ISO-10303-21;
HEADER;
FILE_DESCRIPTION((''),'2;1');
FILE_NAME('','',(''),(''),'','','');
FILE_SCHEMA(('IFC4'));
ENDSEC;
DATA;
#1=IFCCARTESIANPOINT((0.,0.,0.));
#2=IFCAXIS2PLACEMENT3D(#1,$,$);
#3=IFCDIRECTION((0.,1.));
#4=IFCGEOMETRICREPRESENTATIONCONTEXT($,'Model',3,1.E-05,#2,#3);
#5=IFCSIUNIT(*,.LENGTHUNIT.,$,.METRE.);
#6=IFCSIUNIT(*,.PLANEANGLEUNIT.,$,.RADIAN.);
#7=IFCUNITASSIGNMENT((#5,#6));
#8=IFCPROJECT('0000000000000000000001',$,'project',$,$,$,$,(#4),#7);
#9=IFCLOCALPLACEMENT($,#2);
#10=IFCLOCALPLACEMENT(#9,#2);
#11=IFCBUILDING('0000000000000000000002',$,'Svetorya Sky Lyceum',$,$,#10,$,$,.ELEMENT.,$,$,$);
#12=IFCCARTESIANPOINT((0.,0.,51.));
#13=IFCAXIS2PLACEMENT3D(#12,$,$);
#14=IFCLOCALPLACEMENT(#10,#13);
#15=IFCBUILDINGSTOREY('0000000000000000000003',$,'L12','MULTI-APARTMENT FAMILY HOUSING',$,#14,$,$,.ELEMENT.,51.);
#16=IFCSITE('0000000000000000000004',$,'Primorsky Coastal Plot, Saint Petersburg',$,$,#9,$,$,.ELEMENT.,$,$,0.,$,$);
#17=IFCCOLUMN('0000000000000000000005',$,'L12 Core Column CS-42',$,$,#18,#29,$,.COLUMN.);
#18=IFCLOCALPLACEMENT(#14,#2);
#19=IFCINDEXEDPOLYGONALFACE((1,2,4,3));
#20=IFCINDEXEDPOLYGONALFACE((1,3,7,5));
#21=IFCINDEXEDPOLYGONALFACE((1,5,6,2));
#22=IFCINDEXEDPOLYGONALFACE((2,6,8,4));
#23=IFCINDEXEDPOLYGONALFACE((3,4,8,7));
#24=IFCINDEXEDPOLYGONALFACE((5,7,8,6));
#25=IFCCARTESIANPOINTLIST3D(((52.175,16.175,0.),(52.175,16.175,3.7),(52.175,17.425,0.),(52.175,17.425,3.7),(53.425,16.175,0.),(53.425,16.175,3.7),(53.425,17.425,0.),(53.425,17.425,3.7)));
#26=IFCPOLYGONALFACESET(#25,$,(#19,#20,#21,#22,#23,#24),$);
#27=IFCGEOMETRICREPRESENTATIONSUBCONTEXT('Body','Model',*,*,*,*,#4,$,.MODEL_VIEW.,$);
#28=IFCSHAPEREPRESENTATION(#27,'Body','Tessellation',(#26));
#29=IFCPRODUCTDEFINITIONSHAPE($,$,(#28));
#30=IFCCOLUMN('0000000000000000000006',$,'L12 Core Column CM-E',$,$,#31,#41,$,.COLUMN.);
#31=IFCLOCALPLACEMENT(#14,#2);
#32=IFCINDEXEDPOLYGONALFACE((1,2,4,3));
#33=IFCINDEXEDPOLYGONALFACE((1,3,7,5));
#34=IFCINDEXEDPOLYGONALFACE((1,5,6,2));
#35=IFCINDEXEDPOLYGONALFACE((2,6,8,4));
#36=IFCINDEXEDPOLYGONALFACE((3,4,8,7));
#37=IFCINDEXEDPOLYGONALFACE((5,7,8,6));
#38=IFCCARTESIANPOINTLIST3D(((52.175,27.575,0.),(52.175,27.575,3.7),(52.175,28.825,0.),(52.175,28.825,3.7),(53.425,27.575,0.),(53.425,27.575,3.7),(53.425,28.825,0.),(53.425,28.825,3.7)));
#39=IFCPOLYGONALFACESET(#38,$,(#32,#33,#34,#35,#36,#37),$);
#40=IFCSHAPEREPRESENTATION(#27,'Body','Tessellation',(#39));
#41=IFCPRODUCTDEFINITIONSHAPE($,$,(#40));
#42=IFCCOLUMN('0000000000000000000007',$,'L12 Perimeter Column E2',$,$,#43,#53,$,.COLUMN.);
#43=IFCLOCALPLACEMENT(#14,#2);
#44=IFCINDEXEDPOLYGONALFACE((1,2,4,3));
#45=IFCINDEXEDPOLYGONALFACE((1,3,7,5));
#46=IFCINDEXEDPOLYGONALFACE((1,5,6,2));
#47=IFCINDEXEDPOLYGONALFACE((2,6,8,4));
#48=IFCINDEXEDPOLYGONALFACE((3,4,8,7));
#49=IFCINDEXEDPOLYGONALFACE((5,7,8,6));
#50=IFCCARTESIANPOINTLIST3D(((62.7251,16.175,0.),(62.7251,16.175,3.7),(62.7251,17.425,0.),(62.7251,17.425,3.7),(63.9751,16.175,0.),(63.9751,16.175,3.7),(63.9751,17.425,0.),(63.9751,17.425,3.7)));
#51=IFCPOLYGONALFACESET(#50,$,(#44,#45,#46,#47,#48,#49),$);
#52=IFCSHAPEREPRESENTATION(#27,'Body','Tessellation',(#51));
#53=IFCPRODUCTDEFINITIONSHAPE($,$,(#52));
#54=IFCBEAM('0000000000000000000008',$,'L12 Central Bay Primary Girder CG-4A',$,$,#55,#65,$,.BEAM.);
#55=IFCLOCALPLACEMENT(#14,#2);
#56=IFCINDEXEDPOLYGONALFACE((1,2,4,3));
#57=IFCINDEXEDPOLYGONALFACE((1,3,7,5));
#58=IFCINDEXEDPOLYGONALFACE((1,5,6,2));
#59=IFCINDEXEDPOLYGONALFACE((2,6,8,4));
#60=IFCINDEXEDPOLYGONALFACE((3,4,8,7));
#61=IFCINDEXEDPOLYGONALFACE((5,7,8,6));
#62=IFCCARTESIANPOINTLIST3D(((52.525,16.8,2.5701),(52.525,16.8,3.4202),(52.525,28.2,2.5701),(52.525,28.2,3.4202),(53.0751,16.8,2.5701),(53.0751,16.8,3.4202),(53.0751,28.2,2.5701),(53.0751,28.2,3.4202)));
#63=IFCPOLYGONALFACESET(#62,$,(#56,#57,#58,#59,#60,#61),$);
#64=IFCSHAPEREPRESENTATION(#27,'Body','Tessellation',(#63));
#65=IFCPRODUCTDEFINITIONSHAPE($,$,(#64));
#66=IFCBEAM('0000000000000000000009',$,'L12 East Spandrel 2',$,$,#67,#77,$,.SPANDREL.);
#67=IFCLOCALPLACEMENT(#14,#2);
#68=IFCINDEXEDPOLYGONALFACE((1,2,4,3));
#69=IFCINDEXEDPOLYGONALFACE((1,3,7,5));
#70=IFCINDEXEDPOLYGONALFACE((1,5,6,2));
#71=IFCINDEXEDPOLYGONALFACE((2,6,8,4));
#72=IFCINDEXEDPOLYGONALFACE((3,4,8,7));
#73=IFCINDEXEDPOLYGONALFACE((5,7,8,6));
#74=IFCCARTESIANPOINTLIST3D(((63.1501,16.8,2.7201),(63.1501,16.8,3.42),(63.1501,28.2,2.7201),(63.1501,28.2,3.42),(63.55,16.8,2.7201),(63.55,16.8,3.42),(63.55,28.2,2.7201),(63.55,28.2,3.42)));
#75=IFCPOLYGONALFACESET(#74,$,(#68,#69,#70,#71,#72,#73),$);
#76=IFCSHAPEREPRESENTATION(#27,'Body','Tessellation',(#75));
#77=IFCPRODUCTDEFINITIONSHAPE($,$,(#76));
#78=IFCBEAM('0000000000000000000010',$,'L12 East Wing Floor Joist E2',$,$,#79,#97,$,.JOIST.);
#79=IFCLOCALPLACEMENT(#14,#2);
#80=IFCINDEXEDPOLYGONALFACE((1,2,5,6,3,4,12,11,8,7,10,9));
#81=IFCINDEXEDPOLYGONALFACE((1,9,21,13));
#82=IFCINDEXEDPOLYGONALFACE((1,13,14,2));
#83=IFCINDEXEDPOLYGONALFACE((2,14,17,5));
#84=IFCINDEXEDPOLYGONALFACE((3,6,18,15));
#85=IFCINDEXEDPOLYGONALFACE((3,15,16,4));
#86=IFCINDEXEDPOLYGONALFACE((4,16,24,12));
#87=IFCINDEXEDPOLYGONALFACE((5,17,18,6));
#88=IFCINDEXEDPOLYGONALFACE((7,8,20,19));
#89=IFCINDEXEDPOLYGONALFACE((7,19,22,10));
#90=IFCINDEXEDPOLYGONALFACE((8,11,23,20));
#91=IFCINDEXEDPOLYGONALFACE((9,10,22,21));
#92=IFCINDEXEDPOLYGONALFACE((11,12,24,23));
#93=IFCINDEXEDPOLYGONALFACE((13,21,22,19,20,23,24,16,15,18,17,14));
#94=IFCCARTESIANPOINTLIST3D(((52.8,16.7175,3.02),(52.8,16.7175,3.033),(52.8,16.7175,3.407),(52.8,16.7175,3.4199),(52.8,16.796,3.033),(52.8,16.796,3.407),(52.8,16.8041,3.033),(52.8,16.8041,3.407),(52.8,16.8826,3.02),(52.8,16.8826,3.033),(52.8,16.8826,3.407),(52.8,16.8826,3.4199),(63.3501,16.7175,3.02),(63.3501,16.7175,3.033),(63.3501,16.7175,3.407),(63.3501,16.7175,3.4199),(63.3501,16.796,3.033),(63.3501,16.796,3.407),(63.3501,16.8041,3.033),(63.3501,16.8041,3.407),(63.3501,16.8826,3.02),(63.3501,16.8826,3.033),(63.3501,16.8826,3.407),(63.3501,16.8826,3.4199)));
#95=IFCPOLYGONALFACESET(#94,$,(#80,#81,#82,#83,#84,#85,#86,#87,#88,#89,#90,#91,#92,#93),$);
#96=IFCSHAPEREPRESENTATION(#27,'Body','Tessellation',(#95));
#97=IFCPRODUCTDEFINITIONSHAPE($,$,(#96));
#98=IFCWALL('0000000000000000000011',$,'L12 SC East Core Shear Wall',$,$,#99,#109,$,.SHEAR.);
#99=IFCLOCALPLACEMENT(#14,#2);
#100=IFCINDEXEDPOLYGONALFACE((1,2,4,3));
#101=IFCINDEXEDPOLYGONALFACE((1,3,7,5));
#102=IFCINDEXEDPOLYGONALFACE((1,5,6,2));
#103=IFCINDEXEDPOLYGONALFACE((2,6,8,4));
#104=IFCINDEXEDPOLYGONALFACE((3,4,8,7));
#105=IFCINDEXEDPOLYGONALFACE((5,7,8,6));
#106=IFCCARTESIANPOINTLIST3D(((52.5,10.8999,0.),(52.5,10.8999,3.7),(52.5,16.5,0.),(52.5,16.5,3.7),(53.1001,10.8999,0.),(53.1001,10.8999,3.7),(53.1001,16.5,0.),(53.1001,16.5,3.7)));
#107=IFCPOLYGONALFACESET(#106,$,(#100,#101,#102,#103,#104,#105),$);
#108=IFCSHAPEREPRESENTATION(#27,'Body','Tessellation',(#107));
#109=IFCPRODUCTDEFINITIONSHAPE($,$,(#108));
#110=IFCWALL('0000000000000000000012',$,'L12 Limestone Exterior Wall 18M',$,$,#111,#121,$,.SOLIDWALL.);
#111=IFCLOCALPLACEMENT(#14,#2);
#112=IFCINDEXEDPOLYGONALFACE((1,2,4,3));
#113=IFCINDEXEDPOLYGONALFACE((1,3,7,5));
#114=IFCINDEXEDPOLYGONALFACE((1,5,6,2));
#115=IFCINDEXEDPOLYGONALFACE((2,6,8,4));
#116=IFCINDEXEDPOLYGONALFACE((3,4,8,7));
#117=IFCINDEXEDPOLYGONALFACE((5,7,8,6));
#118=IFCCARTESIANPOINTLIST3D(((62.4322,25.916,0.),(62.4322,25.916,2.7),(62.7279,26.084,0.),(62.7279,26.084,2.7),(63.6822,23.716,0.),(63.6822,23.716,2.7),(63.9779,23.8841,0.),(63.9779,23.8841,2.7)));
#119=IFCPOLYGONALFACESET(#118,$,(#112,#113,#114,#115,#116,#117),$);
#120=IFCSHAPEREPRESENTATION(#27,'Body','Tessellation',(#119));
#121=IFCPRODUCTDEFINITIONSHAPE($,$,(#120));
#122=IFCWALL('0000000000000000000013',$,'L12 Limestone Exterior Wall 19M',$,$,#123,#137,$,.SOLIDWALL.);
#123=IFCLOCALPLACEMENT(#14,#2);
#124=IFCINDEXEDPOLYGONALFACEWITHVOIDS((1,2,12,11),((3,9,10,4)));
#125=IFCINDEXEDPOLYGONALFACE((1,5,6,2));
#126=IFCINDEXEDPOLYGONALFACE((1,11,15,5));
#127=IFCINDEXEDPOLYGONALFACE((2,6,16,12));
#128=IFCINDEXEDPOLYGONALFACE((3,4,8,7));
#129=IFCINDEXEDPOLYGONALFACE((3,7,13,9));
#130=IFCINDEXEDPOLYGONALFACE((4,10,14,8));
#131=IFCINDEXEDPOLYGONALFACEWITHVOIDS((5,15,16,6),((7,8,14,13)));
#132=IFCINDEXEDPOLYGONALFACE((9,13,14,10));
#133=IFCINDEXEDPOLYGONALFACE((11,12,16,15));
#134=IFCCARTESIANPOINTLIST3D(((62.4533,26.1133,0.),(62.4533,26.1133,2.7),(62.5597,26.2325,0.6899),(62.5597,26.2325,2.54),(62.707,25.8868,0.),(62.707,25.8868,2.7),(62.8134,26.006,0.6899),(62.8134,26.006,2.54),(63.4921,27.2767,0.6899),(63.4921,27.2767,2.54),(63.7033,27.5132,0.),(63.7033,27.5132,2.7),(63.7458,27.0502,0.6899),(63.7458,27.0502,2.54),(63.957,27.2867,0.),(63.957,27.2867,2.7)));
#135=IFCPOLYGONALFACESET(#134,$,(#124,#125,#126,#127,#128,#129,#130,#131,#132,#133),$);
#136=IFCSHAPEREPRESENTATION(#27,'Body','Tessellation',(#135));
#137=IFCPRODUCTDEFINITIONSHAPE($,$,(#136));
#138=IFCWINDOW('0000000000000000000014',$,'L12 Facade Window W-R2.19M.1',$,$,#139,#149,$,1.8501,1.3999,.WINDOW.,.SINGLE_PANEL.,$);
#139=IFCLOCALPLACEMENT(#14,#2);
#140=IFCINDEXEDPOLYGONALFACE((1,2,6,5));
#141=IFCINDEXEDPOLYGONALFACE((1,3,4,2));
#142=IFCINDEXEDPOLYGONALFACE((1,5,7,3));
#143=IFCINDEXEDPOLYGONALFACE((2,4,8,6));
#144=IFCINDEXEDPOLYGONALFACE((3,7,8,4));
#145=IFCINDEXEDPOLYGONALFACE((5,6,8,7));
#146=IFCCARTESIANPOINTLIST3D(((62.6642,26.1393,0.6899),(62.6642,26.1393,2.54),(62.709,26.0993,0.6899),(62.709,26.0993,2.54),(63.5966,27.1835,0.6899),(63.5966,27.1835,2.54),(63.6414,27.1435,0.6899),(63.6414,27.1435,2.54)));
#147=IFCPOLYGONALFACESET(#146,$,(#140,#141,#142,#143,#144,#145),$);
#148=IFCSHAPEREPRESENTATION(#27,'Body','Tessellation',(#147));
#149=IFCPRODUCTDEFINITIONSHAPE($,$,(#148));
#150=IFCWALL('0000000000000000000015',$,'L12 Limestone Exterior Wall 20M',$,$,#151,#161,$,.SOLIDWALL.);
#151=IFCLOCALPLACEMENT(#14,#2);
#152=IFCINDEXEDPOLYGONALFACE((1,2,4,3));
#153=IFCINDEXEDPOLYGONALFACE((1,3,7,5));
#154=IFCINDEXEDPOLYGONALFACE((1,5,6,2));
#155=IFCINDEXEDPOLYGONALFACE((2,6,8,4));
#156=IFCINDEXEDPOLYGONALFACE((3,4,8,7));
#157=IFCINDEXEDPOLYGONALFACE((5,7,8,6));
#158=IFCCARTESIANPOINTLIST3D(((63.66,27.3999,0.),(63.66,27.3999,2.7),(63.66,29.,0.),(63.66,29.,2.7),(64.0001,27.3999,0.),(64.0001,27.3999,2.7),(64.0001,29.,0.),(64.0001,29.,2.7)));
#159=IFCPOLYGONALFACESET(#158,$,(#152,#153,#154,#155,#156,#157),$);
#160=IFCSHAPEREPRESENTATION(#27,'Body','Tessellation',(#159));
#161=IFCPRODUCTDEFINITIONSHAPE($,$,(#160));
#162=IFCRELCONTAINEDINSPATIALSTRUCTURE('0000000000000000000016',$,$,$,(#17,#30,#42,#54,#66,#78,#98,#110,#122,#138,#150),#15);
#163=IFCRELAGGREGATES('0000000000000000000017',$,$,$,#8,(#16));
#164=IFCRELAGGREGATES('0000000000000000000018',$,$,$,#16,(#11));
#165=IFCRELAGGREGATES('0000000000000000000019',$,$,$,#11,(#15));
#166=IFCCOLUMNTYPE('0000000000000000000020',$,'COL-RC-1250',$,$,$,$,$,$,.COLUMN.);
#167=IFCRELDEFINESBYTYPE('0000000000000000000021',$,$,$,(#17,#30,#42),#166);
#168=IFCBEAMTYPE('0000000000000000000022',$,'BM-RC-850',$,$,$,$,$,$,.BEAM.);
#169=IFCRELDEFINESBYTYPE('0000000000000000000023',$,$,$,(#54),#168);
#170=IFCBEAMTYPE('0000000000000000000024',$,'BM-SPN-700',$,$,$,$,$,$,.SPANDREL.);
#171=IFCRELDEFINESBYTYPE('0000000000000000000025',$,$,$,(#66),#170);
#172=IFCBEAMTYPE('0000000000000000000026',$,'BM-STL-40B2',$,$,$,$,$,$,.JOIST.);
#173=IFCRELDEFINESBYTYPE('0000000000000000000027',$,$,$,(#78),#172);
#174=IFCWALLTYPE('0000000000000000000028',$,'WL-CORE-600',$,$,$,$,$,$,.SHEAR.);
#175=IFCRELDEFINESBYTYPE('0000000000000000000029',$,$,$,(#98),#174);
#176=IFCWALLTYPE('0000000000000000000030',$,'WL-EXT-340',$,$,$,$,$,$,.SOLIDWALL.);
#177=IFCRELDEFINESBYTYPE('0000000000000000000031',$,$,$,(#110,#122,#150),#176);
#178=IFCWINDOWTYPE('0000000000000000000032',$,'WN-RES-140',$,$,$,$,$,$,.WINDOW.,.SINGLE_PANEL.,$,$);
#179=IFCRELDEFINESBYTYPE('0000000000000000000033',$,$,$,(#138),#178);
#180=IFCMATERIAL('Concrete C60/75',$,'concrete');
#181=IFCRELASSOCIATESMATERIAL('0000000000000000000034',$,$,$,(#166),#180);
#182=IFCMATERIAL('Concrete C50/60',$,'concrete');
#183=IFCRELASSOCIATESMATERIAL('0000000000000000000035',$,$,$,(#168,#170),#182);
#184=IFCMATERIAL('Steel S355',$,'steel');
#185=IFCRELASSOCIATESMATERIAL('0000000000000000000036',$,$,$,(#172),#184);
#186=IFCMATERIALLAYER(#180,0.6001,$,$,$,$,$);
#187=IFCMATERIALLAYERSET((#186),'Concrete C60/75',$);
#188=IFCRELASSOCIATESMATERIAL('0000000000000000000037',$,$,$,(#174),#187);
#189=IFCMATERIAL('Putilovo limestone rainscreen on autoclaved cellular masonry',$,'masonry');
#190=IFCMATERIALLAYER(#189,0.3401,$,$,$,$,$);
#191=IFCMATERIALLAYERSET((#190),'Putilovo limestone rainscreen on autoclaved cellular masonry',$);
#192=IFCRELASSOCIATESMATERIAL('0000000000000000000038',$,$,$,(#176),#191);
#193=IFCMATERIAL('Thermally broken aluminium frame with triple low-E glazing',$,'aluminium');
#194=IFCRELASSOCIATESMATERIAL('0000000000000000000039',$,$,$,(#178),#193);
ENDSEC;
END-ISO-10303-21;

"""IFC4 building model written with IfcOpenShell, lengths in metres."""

from ifc_helpers import new_model, si_unit, direction, frame, frame_2d, origin, origin_2d, place, context, subcontext, project, spatial, rectangle, i_section, extrude, material, layer, layer_set, material_profile, profile_set, type_object, element, fill, save


model = new_model("IFC4")

# Units and contexts
model_context = context("Model", 3, precision=1e-05, world=origin(), true_north=direction((0.0, 1.0)))
body_context = subcontext(model_context, "Body", "Model", "MODEL_VIEW")
ifc_project = project(units=[si_unit("LENGTHUNIT", "METRE"), si_unit("PLANEANGLEUNIT", "RADIAN")], contexts=[model_context])

# Site, building, storey
site_placement = place(None, origin())
site = spatial("IfcSite", under=ifc_project, at=site_placement, Name="Primorsky Coastal Plot, Saint Petersburg", CompositionType="ELEMENT", RefElevation=0.0)
building_placement = place(site_placement, origin())
building = spatial("IfcBuilding", under=site, at=building_placement, Name="Svetorya Sky Lyceum", CompositionType="ELEMENT")
storey_placement = place(building_placement, frame((0.0, 0.0, 51.0)))
storey = spatial("IfcBuildingStorey", under=building, at=storey_placement, Name="L12", Description="MULTI-APARTMENT FAMILY HOUSING", CompositionType="ELEMENT", Elevation=51.0)

# Columns
ifc_material_1 = material(Name="Concrete C60/75", Category="concrete")
ifc_material_profile_1 = material_profile(ifc_material_1, rectangle(XDim=1.25, YDim=1.25, at=origin_2d()), Name="RC COL 1250x1250")
ifc_profile_set_1 = profile_set([ifc_material_profile_1], Name="Concrete C60/75")
column_type = type_object("IfcColumnType", Name="COL-RC-1250", PredefinedType="COLUMN", material=ifc_profile_set_1)
for number, where, z_axis, x_axis, name in (
    (1, (52.8, 16.8, 0.0), (0.0, 0.0, 1.0), (1.0, 0.0, 0.0), "L12 Core Column CS-42"),
    (2, (52.8, 28.2, 0.0), (0.0, 0.0, 1.0), (1.0, 0.0, 0.0), "L12 Core Column CM-E"),
    (3, (63.3501, 16.8, 0.0), (0.0, 0.0, 1.0), (1.0, 0.0, 0.0), "L12 Perimeter Column E2"),
):
    element("IfcColumn", number, at=place(storey_placement, frame(where, z_axis=z_axis, x_axis=x_axis)), inside=storey, type_object=column_type, Name=name, PredefinedType="COLUMN", context=body_context, shape_type="SweptSolid", body=[
        extrude(rectangle(XDim=1.25, YDim=1.25, at=origin_2d()), origin(), (0.0, 0.0, 1.0), 3.7),
    ])

# Beams
ifc_material_2 = material(Name="Concrete C50/60", Category="concrete")
ifc_material_profile_2 = material_profile(ifc_material_2, rectangle(XDim=0.55, YDim=0.8501, at=origin_2d()), Name="RC BEAM 550x850")
ifc_profile_set_2 = profile_set([ifc_material_profile_2], Name="Concrete C50/60")
beam_type_1 = type_object("IfcBeamType", Name="BM-RC-850", PredefinedType="BEAM", material=ifc_profile_set_2)
beam_1_placement = place(storey_placement, frame((52.8, 16.8, 2.9951), z_axis=(0.0, 1.0, 0.0), x_axis=(-1.0, 0.0, 0.0)))
element("IfcBeam", 4, at=beam_1_placement, inside=storey, type_object=beam_type_1, Name="L12 Central Bay Primary Girder CG-4A", PredefinedType="BEAM", context=body_context, shape_type="SweptSolid", body=[
    extrude(rectangle(XDim=0.55, YDim=0.8501, at=origin_2d()), origin(), (0.0, 0.0, 1.0), 11.3999),
])
ifc_material_profile_3 = material_profile(ifc_material_2, rectangle(XDim=0.3999, YDim=0.7, at=origin_2d()), Name="RC SPANDREL 400x700")
ifc_profile_set_3 = profile_set([ifc_material_profile_3], Name="Concrete C50/60")
beam_type_2 = type_object("IfcBeamType", Name="BM-SPN-700", PredefinedType="SPANDREL", material=ifc_profile_set_3)
beam_2_placement = place(storey_placement, frame((63.3501, 16.8, 3.0701), z_axis=(0.0, 1.0, 0.0), x_axis=(-1.0, 0.0, 0.0)))
element("IfcBeam", 5, at=beam_2_placement, inside=storey, type_object=beam_type_2, Name="L12 East Spandrel 2", PredefinedType="SPANDREL", context=body_context, shape_type="SweptSolid", body=[
    extrude(rectangle(XDim=0.3999, YDim=0.7, at=origin_2d()), origin(), (0.0, 0.0, 1.0), 11.3999),
])
ifc_material_3 = material(Name="Steel S355", Category="steel")
ifc_material_profile_4 = material_profile(ifc_material_3, i_section(OverallWidth=0.165, OverallDepth=0.3999, WebThickness=0.0081, FlangeThickness=0.0129, at=origin_2d()), Name="GOST 40B2")
ifc_profile_set_4 = profile_set([ifc_material_profile_4], Name="Steel S355")
beam_type_3 = type_object("IfcBeamType", Name="BM-STL-40B2", PredefinedType="JOIST", material=ifc_profile_set_4)
beam_3_placement = place(storey_placement, frame((52.8, 16.8, 3.22), z_axis=(1.0, 0.0, 0.0), x_axis=(0.0, 1.0, 0.0)))
element("IfcBeam", 6, at=beam_3_placement, inside=storey, type_object=beam_type_3, Name="L12 East Wing Floor Joist E2", PredefinedType="JOIST", context=body_context, shape_type="SweptSolid", body=[
    extrude(i_section(OverallWidth=0.165, OverallDepth=0.3999, WebThickness=0.0081, FlangeThickness=0.0129, at=origin_2d()), origin(), (0.0, 0.0, 1.0), 10.55),
])

# Walls
ifc_layer_1 = layer(ifc_material_1, 0.6001)
ifc_layer_set_1 = layer_set([ifc_layer_1], Name="Concrete C60/75")
wall_type_1 = type_object("IfcWallType", Name="WL-CORE-600", PredefinedType="SHEAR", material=ifc_layer_set_1)
wall_1_placement = place(storey_placement, frame((52.8, 10.8999, 0.0), z_axis=(0.0, 0.0, 1.0), x_axis=(0.0, 1.0, 0.0)))
element("IfcWall", 7, at=wall_1_placement, inside=storey, type_object=wall_type_1, Name="L12 SC East Core Shear Wall", PredefinedType="SHEAR", context=body_context, shape_type="SweptSolid", body=[
    extrude(rectangle(XDim=5.6001, YDim=0.6001, at=frame_2d((2.8, 0.0))), origin(), (0.0, 0.0, 1.0), 3.7),
])
ifc_material_4 = material(Name="Putilovo limestone rainscreen on autoclaved cellular masonry", Category="masonry")
ifc_layer_2 = layer(ifc_material_4, 0.3401)
ifc_layer_set_2 = layer_set([ifc_layer_2], Name="Putilovo limestone rainscreen on autoclaved cellular masonry")
wall_type_2 = type_object("IfcWallType", Name="WL-EXT-340", PredefinedType="SOLIDWALL", material=ifc_layer_set_2)
wall_2_placement = place(storey_placement, frame((63.8301, 23.8, 0.0), z_axis=(0.0, 0.0, 1.0), x_axis=(-0.494018, 0.869452, 0.0)))
element("IfcWall", 8, at=wall_2_placement, inside=storey, type_object=wall_type_2, Name="L12 Limestone Exterior Wall 18M", PredefinedType="SOLIDWALL", context=body_context, shape_type="SweptSolid", body=[
    extrude(rectangle(XDim=2.5303, YDim=0.3401, at=frame_2d((1.2651, 0.0))), origin(), (0.0, 0.0, 1.0), 2.7),
])

# Wall, opening, window
wall_3_placement = place(storey_placement, frame((62.5801, 26.0, 0.0), z_axis=(0.0, 0.0, 1.0), x_axis=(0.666042, 0.745915, 0.0)))
wall_3 = element("IfcWall", 9, at=wall_3_placement, inside=storey, type_object=wall_type_2, Name="L12 Limestone Exterior Wall 19M", PredefinedType="SOLIDWALL", context=body_context, shape_type="SweptSolid", body=[
    extrude(rectangle(XDim=1.8767, YDim=0.3401, at=frame_2d((0.9385, 0.0))), origin(), (0.0, 0.0, 1.0), 2.7),
])
opening_1_placement = place(wall_3_placement, frame((0.1599, 0.0, 0.6899)))
opening_1 = element("IfcOpeningElement", 10, at=opening_1_placement, cuts=wall_3, PredefinedType="OPENING", context=body_context, shape_type="SweptSolid", body=[
    extrude(rectangle(XDim=1.3999, YDim=1.8501, at=frame_2d((0.7, 0.925))), frame((0.0, 0.1799, 0.0), z_axis=(0.0, -1.0, 0.0), x_axis=(1.0, 0.0, 0.0)), (0.0, 0.0, 1.0), 0.3601),
])
ifc_material_5 = material(Name="Thermally broken aluminium frame with triple low-E glazing", Category="aluminium")
window_type = type_object("IfcWindowType", Name="WN-RES-140", PartitioningType="SINGLE_PANEL", PredefinedType="WINDOW", material=ifc_material_5)
window_placement = place(opening_1_placement, origin())
window = element("IfcWindow", 11, at=window_placement, inside=storey, type_object=window_type, Name="L12 Facade Window W-R2.19M.1", OverallHeight=1.8501, OverallWidth=1.3999, PartitioningType="SINGLE_PANEL", PredefinedType="WINDOW", context=body_context, shape_type="SweptSolid", body=[
    extrude(rectangle(XDim=1.3999, YDim=1.8501, at=frame_2d((0.7, 0.925))), frame((0.0, 0.03, 0.0), z_axis=(0.0, -1.0, 0.0), x_axis=(1.0, 0.0, 0.0)), (0.0, 0.0, 1.0), 0.0601),
])
fill(opening_1, window)

# Wall
wall_4_placement = place(storey_placement, frame((63.8301, 27.3999, 0.0), z_axis=(0.0, 0.0, 1.0), x_axis=(0.0, 1.0, 0.0)))
element("IfcWall", 12, at=wall_4_placement, inside=storey, type_object=wall_type_2, Name="L12 Limestone Exterior Wall 20M", PredefinedType="SOLIDWALL", context=body_context, shape_type="SweptSolid", body=[
    extrude(rectangle(XDim=1.6001, YDim=0.3401, at=frame_2d((0.8, 0.0))), origin(), (0.0, 0.0, 1.0), 2.7),
])

save(model, "model.ifc")
